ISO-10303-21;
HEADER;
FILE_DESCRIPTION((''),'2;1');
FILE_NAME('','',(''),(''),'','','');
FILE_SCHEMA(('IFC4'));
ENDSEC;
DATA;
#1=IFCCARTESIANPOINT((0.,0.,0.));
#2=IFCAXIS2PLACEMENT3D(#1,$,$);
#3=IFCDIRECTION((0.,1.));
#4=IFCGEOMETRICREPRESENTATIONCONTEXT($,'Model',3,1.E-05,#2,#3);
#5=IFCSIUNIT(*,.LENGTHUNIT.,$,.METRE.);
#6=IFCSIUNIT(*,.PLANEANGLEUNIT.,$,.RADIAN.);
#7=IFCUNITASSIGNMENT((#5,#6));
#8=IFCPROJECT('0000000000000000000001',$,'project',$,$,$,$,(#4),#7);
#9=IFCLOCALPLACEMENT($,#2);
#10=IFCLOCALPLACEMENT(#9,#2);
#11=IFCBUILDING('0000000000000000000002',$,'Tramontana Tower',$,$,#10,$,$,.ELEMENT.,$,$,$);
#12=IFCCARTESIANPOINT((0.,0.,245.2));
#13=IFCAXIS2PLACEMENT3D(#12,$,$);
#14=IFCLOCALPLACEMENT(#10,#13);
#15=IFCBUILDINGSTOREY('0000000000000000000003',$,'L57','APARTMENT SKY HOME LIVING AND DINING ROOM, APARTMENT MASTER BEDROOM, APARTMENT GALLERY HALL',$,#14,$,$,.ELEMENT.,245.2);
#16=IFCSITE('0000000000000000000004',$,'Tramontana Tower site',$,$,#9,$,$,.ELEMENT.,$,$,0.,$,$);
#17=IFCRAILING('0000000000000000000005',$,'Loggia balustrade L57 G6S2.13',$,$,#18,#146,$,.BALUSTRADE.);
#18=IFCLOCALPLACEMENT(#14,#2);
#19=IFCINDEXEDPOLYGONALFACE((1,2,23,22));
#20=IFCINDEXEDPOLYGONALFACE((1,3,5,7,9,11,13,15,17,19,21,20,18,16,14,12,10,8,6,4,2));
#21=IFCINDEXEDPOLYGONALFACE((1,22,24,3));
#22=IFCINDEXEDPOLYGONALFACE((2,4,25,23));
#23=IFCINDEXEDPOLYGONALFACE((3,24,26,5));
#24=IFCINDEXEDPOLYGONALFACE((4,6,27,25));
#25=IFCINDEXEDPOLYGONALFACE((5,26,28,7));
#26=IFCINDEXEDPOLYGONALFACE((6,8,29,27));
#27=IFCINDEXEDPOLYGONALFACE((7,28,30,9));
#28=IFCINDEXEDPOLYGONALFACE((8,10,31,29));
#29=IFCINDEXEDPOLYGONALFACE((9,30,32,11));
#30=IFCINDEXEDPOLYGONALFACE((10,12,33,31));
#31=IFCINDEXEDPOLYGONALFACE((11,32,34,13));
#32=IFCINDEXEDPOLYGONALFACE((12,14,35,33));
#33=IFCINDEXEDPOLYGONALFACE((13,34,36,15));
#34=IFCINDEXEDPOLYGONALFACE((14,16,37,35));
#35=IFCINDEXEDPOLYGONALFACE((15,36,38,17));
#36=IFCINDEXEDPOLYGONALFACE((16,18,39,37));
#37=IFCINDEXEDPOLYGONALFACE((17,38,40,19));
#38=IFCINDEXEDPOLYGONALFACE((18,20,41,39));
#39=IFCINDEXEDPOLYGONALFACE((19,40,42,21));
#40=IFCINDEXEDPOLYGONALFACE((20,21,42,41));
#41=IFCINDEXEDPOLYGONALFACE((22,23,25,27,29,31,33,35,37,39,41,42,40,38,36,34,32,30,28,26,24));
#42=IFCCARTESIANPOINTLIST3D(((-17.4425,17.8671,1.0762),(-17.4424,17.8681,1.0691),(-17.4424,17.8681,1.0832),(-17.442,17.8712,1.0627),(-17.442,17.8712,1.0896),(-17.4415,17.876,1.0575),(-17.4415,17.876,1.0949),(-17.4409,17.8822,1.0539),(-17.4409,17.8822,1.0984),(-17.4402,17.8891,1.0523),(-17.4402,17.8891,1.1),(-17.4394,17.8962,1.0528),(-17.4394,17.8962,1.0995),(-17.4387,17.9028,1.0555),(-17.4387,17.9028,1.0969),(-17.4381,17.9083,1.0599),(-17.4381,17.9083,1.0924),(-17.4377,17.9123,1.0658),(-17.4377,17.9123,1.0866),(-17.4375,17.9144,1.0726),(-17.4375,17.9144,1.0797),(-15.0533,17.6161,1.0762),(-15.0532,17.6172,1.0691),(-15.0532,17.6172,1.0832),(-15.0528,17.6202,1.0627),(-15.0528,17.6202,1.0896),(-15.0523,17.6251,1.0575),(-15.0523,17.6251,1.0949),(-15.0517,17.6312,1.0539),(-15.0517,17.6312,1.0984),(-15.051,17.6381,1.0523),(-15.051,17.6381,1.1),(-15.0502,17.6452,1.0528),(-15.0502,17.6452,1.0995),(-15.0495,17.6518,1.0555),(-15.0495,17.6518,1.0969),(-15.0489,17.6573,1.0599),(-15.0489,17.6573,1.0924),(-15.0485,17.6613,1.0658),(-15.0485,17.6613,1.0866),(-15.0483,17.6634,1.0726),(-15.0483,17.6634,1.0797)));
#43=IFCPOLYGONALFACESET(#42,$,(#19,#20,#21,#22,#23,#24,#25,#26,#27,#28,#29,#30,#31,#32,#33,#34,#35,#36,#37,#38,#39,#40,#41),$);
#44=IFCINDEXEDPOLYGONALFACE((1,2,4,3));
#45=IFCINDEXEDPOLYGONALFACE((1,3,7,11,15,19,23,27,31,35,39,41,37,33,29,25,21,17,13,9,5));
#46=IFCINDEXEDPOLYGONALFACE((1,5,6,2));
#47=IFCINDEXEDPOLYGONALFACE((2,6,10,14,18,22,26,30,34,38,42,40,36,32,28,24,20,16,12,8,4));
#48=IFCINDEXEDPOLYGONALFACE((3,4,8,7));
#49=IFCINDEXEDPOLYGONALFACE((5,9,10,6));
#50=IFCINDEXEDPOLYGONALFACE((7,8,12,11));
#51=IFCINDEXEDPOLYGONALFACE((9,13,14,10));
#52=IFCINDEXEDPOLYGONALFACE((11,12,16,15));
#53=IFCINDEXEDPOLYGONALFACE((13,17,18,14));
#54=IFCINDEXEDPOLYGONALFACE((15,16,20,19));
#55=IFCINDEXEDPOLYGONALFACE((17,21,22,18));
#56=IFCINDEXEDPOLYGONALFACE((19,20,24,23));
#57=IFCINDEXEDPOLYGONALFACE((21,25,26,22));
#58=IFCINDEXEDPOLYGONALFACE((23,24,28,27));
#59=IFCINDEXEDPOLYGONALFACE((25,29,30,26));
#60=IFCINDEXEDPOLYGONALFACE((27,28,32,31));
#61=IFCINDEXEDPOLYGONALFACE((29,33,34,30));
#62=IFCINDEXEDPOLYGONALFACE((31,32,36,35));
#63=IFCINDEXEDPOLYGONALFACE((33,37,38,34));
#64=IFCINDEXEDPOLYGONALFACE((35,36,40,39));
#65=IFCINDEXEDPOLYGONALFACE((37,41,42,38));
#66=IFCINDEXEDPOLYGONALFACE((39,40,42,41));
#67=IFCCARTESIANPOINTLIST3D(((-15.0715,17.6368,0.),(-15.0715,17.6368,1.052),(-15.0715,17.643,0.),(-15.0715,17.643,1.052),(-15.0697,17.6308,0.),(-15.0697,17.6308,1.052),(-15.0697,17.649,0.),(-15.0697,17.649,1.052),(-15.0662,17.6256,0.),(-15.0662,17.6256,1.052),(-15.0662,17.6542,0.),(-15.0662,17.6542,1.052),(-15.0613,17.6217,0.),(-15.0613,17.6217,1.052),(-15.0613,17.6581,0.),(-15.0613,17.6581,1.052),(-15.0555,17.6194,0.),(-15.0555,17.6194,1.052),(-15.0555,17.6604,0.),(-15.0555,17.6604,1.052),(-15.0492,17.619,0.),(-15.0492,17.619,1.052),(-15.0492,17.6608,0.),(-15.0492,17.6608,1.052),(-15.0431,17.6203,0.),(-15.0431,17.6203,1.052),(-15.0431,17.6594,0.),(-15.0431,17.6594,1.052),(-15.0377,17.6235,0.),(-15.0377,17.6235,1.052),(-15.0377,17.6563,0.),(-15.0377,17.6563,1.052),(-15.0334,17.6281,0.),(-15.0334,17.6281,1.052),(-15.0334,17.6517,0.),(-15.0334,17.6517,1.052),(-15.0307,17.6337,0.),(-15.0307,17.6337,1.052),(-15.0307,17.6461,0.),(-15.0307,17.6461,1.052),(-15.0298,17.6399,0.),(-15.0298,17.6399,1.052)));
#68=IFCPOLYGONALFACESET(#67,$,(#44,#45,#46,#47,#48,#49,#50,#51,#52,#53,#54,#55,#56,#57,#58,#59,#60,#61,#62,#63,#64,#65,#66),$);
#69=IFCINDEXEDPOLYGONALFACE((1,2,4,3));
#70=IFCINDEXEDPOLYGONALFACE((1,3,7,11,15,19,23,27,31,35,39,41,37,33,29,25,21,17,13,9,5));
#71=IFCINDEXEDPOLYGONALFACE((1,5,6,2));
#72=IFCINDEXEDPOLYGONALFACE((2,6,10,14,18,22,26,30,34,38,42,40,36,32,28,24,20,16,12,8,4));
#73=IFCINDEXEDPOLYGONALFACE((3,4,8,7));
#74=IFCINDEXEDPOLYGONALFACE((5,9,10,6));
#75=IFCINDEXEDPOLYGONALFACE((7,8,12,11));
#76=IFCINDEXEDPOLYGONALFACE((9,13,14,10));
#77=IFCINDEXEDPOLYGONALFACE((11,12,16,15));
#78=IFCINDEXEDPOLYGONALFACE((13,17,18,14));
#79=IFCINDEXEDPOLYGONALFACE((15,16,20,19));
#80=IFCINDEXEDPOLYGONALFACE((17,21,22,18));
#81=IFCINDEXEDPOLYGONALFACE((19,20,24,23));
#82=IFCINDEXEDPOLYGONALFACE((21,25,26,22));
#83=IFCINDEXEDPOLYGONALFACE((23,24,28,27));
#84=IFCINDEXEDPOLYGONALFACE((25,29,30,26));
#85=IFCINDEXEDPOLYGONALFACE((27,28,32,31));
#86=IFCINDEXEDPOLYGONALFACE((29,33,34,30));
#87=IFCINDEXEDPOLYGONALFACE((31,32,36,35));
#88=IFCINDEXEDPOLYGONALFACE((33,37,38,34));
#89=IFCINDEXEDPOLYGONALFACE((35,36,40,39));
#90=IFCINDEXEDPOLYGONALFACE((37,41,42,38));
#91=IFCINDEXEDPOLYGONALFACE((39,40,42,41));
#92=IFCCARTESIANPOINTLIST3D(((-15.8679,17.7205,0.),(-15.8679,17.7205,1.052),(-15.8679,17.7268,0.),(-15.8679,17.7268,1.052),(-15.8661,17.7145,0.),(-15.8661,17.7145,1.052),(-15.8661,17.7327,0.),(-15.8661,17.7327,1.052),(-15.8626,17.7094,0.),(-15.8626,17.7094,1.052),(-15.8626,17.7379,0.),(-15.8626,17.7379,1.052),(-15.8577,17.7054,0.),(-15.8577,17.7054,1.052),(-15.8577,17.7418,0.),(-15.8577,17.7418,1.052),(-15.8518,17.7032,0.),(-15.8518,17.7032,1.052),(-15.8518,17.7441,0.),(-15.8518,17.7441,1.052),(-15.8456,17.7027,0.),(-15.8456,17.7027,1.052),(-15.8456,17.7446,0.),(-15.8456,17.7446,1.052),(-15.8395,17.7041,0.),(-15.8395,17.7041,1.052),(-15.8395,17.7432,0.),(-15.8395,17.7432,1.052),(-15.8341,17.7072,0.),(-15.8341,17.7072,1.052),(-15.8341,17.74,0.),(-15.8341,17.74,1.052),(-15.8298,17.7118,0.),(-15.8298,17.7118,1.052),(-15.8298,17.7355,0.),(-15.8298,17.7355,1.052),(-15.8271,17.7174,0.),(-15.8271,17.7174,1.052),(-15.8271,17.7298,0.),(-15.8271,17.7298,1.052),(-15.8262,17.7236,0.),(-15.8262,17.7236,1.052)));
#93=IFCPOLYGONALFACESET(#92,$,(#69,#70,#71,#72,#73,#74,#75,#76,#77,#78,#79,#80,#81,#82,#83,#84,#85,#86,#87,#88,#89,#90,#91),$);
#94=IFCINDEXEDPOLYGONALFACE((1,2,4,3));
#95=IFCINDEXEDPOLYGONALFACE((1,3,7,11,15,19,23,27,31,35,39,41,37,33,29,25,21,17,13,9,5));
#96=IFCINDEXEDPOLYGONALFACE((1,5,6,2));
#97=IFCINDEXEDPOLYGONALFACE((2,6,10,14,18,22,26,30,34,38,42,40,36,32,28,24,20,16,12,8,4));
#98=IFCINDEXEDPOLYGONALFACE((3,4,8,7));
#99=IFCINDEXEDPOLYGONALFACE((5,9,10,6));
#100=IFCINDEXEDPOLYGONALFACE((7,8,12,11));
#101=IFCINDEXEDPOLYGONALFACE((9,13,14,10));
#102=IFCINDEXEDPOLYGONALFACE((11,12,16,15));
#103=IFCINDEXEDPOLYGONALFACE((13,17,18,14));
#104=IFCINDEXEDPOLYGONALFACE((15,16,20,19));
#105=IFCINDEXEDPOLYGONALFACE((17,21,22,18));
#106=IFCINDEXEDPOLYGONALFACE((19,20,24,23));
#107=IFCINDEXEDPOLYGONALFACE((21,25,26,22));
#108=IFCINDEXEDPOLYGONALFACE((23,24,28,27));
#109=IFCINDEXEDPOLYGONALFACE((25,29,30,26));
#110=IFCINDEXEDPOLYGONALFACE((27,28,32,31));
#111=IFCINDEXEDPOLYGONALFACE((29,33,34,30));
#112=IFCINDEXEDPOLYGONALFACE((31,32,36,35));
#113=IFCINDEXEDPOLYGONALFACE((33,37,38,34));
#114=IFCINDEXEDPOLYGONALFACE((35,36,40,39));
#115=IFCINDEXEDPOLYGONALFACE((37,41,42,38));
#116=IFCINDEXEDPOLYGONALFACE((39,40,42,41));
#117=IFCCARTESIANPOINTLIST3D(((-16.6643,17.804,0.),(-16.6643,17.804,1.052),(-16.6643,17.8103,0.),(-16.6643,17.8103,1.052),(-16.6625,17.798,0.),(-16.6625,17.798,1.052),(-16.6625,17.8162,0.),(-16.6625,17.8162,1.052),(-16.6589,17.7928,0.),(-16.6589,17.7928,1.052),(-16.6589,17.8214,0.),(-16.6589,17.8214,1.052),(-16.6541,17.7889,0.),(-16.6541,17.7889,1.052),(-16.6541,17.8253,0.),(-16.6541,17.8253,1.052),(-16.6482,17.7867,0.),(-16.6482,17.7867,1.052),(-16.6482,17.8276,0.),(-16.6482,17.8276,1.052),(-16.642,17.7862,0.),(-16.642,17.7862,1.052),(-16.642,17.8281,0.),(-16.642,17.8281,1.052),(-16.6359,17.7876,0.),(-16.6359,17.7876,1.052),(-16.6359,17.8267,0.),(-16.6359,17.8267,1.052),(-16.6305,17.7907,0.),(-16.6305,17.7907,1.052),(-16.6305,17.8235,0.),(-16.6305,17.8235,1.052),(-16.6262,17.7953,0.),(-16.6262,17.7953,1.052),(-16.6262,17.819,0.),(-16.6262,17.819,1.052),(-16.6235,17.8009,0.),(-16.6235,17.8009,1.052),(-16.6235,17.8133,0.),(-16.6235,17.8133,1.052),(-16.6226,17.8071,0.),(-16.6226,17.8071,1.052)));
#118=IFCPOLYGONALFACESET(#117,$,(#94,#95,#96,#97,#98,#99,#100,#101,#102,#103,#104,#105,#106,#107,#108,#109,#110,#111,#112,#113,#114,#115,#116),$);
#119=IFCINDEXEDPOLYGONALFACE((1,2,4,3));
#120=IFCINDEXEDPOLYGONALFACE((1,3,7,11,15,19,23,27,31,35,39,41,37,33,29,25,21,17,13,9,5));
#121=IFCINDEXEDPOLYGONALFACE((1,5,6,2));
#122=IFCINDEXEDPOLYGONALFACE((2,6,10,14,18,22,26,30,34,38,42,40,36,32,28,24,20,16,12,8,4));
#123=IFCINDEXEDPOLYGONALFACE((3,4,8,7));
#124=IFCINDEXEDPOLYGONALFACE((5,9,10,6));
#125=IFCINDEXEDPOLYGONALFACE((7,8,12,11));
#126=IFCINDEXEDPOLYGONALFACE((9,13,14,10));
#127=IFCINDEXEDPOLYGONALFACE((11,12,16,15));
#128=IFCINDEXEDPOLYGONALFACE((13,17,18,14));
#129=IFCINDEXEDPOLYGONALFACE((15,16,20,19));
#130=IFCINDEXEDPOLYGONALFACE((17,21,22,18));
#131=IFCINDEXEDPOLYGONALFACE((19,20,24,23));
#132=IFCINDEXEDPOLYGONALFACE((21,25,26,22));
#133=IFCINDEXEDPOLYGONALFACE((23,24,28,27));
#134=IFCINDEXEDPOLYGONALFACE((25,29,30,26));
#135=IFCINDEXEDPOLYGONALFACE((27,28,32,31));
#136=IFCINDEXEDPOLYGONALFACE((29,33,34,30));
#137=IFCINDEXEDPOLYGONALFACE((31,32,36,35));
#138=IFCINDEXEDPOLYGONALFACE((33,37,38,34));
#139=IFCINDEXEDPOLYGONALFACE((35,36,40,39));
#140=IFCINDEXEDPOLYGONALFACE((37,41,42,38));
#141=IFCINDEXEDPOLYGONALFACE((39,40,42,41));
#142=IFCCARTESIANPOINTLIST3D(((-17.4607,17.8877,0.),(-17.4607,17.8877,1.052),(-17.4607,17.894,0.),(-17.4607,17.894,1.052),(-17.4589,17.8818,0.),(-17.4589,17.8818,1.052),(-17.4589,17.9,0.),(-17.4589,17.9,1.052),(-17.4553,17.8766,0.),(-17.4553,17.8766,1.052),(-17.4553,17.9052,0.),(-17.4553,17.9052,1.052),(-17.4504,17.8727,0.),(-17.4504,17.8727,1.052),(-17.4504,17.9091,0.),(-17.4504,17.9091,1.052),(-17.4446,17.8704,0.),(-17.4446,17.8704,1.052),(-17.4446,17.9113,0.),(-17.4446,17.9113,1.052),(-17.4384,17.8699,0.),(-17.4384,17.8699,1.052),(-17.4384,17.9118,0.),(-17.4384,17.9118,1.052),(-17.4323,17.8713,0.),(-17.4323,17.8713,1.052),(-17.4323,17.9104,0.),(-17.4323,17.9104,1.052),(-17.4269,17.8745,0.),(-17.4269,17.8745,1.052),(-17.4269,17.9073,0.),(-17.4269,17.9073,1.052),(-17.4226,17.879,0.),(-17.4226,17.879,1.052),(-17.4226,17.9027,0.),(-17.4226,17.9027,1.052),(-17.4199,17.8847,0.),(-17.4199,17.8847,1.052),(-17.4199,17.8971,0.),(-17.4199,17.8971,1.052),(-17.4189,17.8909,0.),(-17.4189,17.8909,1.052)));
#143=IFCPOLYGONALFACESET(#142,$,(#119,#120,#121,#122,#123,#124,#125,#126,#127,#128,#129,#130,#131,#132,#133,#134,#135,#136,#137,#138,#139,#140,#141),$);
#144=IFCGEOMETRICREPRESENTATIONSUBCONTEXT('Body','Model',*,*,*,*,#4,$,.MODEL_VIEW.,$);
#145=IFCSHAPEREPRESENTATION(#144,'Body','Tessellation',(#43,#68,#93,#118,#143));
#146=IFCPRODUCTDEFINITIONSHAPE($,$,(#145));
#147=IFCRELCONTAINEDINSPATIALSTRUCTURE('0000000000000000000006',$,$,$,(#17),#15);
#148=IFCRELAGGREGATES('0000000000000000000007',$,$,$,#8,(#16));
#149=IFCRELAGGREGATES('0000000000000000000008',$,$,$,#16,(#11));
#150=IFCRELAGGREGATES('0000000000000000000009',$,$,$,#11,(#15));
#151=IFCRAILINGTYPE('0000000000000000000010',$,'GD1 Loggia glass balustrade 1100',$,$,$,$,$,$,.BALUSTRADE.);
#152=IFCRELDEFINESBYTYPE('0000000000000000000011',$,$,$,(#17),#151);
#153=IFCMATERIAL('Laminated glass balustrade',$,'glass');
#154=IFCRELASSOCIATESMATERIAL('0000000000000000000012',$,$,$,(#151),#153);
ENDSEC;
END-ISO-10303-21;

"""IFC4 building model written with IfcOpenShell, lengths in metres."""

from ifc_helpers import new_model, si_unit, direction, frame, origin, origin_2d, place, context, subcontext, project, spatial, circle, extrude, material, type_object, element, save


model = new_model("IFC4")

# Units and contexts
model_context = context("Model", 3, precision=1e-05, world=origin(), true_north=direction((0.0, 1.0)))
body_context = subcontext(model_context, "Body", "Model", "MODEL_VIEW")
ifc_project = project(units=[si_unit("LENGTHUNIT", "METRE"), si_unit("PLANEANGLEUNIT", "RADIAN")], contexts=[model_context])

# Site, building, storey
site_placement = place(None, origin())
site = spatial("IfcSite", under=ifc_project, at=site_placement, Name="Tramontana Tower site", CompositionType="ELEMENT", RefElevation=0.0)
building_placement = place(site_placement, origin())
building = spatial("IfcBuilding", under=site, at=building_placement, Name="Tramontana Tower", CompositionType="ELEMENT")
storey_placement = place(building_placement, frame((0.0, 0.0, 245.2)))
storey = spatial("IfcBuildingStorey", under=building, at=storey_placement, Name="L57", Description="APARTMENT SKY HOME LIVING AND DINING ROOM, APARTMENT MASTER BEDROOM, APARTMENT GALLERY HALL", CompositionType="ELEMENT", Elevation=245.2)

# Railing
ifc_material_1 = material(Name="Laminated glass balustrade", Category="glass")
railing_type = type_object("IfcRailingType", Name="GD1 Loggia glass balustrade 1100", PredefinedType="BALUSTRADE", material=ifc_material_1)
railing_1_placement = place(storey_placement, frame((-15.0508, 17.6399, 0.0)))
element("IfcRailing", 1, at=railing_1_placement, inside=storey, type_object=railing_type, Name="Loggia balustrade L57 G6S2.13", PredefinedType="BALUSTRADE", context=body_context, shape_type="SweptSolid", body=[
    extrude(circle(Radius=0.0239, at=origin_2d()), frame((0.0, 0.0, 1.0762), z_axis=(-0.994528, 0.104473, 0.0), x_axis=(-0.104473, -0.994528, 0.0)), (0.0, 0.0, 1.0), 2.4023),
    extrude(circle(Radius=0.021, at=origin_2d()), origin(), (0.0, 0.0, 1.0), 1.052),
    extrude(circle(Radius=0.021, at=origin_2d()), frame((-0.7964, 0.0837, 0.0)), (0.0, 0.0, 1.0), 1.052),
    extrude(circle(Radius=0.021, at=origin_2d()), frame((-1.5928, 0.1672, 0.0)), (0.0, 0.0, 1.0), 1.052),
    extrude(circle(Radius=0.021, at=origin_2d()), frame((-2.3892, 0.251, 0.0)), (0.0, 0.0, 1.0), 1.052),
])

save(model, "model.ifc")
